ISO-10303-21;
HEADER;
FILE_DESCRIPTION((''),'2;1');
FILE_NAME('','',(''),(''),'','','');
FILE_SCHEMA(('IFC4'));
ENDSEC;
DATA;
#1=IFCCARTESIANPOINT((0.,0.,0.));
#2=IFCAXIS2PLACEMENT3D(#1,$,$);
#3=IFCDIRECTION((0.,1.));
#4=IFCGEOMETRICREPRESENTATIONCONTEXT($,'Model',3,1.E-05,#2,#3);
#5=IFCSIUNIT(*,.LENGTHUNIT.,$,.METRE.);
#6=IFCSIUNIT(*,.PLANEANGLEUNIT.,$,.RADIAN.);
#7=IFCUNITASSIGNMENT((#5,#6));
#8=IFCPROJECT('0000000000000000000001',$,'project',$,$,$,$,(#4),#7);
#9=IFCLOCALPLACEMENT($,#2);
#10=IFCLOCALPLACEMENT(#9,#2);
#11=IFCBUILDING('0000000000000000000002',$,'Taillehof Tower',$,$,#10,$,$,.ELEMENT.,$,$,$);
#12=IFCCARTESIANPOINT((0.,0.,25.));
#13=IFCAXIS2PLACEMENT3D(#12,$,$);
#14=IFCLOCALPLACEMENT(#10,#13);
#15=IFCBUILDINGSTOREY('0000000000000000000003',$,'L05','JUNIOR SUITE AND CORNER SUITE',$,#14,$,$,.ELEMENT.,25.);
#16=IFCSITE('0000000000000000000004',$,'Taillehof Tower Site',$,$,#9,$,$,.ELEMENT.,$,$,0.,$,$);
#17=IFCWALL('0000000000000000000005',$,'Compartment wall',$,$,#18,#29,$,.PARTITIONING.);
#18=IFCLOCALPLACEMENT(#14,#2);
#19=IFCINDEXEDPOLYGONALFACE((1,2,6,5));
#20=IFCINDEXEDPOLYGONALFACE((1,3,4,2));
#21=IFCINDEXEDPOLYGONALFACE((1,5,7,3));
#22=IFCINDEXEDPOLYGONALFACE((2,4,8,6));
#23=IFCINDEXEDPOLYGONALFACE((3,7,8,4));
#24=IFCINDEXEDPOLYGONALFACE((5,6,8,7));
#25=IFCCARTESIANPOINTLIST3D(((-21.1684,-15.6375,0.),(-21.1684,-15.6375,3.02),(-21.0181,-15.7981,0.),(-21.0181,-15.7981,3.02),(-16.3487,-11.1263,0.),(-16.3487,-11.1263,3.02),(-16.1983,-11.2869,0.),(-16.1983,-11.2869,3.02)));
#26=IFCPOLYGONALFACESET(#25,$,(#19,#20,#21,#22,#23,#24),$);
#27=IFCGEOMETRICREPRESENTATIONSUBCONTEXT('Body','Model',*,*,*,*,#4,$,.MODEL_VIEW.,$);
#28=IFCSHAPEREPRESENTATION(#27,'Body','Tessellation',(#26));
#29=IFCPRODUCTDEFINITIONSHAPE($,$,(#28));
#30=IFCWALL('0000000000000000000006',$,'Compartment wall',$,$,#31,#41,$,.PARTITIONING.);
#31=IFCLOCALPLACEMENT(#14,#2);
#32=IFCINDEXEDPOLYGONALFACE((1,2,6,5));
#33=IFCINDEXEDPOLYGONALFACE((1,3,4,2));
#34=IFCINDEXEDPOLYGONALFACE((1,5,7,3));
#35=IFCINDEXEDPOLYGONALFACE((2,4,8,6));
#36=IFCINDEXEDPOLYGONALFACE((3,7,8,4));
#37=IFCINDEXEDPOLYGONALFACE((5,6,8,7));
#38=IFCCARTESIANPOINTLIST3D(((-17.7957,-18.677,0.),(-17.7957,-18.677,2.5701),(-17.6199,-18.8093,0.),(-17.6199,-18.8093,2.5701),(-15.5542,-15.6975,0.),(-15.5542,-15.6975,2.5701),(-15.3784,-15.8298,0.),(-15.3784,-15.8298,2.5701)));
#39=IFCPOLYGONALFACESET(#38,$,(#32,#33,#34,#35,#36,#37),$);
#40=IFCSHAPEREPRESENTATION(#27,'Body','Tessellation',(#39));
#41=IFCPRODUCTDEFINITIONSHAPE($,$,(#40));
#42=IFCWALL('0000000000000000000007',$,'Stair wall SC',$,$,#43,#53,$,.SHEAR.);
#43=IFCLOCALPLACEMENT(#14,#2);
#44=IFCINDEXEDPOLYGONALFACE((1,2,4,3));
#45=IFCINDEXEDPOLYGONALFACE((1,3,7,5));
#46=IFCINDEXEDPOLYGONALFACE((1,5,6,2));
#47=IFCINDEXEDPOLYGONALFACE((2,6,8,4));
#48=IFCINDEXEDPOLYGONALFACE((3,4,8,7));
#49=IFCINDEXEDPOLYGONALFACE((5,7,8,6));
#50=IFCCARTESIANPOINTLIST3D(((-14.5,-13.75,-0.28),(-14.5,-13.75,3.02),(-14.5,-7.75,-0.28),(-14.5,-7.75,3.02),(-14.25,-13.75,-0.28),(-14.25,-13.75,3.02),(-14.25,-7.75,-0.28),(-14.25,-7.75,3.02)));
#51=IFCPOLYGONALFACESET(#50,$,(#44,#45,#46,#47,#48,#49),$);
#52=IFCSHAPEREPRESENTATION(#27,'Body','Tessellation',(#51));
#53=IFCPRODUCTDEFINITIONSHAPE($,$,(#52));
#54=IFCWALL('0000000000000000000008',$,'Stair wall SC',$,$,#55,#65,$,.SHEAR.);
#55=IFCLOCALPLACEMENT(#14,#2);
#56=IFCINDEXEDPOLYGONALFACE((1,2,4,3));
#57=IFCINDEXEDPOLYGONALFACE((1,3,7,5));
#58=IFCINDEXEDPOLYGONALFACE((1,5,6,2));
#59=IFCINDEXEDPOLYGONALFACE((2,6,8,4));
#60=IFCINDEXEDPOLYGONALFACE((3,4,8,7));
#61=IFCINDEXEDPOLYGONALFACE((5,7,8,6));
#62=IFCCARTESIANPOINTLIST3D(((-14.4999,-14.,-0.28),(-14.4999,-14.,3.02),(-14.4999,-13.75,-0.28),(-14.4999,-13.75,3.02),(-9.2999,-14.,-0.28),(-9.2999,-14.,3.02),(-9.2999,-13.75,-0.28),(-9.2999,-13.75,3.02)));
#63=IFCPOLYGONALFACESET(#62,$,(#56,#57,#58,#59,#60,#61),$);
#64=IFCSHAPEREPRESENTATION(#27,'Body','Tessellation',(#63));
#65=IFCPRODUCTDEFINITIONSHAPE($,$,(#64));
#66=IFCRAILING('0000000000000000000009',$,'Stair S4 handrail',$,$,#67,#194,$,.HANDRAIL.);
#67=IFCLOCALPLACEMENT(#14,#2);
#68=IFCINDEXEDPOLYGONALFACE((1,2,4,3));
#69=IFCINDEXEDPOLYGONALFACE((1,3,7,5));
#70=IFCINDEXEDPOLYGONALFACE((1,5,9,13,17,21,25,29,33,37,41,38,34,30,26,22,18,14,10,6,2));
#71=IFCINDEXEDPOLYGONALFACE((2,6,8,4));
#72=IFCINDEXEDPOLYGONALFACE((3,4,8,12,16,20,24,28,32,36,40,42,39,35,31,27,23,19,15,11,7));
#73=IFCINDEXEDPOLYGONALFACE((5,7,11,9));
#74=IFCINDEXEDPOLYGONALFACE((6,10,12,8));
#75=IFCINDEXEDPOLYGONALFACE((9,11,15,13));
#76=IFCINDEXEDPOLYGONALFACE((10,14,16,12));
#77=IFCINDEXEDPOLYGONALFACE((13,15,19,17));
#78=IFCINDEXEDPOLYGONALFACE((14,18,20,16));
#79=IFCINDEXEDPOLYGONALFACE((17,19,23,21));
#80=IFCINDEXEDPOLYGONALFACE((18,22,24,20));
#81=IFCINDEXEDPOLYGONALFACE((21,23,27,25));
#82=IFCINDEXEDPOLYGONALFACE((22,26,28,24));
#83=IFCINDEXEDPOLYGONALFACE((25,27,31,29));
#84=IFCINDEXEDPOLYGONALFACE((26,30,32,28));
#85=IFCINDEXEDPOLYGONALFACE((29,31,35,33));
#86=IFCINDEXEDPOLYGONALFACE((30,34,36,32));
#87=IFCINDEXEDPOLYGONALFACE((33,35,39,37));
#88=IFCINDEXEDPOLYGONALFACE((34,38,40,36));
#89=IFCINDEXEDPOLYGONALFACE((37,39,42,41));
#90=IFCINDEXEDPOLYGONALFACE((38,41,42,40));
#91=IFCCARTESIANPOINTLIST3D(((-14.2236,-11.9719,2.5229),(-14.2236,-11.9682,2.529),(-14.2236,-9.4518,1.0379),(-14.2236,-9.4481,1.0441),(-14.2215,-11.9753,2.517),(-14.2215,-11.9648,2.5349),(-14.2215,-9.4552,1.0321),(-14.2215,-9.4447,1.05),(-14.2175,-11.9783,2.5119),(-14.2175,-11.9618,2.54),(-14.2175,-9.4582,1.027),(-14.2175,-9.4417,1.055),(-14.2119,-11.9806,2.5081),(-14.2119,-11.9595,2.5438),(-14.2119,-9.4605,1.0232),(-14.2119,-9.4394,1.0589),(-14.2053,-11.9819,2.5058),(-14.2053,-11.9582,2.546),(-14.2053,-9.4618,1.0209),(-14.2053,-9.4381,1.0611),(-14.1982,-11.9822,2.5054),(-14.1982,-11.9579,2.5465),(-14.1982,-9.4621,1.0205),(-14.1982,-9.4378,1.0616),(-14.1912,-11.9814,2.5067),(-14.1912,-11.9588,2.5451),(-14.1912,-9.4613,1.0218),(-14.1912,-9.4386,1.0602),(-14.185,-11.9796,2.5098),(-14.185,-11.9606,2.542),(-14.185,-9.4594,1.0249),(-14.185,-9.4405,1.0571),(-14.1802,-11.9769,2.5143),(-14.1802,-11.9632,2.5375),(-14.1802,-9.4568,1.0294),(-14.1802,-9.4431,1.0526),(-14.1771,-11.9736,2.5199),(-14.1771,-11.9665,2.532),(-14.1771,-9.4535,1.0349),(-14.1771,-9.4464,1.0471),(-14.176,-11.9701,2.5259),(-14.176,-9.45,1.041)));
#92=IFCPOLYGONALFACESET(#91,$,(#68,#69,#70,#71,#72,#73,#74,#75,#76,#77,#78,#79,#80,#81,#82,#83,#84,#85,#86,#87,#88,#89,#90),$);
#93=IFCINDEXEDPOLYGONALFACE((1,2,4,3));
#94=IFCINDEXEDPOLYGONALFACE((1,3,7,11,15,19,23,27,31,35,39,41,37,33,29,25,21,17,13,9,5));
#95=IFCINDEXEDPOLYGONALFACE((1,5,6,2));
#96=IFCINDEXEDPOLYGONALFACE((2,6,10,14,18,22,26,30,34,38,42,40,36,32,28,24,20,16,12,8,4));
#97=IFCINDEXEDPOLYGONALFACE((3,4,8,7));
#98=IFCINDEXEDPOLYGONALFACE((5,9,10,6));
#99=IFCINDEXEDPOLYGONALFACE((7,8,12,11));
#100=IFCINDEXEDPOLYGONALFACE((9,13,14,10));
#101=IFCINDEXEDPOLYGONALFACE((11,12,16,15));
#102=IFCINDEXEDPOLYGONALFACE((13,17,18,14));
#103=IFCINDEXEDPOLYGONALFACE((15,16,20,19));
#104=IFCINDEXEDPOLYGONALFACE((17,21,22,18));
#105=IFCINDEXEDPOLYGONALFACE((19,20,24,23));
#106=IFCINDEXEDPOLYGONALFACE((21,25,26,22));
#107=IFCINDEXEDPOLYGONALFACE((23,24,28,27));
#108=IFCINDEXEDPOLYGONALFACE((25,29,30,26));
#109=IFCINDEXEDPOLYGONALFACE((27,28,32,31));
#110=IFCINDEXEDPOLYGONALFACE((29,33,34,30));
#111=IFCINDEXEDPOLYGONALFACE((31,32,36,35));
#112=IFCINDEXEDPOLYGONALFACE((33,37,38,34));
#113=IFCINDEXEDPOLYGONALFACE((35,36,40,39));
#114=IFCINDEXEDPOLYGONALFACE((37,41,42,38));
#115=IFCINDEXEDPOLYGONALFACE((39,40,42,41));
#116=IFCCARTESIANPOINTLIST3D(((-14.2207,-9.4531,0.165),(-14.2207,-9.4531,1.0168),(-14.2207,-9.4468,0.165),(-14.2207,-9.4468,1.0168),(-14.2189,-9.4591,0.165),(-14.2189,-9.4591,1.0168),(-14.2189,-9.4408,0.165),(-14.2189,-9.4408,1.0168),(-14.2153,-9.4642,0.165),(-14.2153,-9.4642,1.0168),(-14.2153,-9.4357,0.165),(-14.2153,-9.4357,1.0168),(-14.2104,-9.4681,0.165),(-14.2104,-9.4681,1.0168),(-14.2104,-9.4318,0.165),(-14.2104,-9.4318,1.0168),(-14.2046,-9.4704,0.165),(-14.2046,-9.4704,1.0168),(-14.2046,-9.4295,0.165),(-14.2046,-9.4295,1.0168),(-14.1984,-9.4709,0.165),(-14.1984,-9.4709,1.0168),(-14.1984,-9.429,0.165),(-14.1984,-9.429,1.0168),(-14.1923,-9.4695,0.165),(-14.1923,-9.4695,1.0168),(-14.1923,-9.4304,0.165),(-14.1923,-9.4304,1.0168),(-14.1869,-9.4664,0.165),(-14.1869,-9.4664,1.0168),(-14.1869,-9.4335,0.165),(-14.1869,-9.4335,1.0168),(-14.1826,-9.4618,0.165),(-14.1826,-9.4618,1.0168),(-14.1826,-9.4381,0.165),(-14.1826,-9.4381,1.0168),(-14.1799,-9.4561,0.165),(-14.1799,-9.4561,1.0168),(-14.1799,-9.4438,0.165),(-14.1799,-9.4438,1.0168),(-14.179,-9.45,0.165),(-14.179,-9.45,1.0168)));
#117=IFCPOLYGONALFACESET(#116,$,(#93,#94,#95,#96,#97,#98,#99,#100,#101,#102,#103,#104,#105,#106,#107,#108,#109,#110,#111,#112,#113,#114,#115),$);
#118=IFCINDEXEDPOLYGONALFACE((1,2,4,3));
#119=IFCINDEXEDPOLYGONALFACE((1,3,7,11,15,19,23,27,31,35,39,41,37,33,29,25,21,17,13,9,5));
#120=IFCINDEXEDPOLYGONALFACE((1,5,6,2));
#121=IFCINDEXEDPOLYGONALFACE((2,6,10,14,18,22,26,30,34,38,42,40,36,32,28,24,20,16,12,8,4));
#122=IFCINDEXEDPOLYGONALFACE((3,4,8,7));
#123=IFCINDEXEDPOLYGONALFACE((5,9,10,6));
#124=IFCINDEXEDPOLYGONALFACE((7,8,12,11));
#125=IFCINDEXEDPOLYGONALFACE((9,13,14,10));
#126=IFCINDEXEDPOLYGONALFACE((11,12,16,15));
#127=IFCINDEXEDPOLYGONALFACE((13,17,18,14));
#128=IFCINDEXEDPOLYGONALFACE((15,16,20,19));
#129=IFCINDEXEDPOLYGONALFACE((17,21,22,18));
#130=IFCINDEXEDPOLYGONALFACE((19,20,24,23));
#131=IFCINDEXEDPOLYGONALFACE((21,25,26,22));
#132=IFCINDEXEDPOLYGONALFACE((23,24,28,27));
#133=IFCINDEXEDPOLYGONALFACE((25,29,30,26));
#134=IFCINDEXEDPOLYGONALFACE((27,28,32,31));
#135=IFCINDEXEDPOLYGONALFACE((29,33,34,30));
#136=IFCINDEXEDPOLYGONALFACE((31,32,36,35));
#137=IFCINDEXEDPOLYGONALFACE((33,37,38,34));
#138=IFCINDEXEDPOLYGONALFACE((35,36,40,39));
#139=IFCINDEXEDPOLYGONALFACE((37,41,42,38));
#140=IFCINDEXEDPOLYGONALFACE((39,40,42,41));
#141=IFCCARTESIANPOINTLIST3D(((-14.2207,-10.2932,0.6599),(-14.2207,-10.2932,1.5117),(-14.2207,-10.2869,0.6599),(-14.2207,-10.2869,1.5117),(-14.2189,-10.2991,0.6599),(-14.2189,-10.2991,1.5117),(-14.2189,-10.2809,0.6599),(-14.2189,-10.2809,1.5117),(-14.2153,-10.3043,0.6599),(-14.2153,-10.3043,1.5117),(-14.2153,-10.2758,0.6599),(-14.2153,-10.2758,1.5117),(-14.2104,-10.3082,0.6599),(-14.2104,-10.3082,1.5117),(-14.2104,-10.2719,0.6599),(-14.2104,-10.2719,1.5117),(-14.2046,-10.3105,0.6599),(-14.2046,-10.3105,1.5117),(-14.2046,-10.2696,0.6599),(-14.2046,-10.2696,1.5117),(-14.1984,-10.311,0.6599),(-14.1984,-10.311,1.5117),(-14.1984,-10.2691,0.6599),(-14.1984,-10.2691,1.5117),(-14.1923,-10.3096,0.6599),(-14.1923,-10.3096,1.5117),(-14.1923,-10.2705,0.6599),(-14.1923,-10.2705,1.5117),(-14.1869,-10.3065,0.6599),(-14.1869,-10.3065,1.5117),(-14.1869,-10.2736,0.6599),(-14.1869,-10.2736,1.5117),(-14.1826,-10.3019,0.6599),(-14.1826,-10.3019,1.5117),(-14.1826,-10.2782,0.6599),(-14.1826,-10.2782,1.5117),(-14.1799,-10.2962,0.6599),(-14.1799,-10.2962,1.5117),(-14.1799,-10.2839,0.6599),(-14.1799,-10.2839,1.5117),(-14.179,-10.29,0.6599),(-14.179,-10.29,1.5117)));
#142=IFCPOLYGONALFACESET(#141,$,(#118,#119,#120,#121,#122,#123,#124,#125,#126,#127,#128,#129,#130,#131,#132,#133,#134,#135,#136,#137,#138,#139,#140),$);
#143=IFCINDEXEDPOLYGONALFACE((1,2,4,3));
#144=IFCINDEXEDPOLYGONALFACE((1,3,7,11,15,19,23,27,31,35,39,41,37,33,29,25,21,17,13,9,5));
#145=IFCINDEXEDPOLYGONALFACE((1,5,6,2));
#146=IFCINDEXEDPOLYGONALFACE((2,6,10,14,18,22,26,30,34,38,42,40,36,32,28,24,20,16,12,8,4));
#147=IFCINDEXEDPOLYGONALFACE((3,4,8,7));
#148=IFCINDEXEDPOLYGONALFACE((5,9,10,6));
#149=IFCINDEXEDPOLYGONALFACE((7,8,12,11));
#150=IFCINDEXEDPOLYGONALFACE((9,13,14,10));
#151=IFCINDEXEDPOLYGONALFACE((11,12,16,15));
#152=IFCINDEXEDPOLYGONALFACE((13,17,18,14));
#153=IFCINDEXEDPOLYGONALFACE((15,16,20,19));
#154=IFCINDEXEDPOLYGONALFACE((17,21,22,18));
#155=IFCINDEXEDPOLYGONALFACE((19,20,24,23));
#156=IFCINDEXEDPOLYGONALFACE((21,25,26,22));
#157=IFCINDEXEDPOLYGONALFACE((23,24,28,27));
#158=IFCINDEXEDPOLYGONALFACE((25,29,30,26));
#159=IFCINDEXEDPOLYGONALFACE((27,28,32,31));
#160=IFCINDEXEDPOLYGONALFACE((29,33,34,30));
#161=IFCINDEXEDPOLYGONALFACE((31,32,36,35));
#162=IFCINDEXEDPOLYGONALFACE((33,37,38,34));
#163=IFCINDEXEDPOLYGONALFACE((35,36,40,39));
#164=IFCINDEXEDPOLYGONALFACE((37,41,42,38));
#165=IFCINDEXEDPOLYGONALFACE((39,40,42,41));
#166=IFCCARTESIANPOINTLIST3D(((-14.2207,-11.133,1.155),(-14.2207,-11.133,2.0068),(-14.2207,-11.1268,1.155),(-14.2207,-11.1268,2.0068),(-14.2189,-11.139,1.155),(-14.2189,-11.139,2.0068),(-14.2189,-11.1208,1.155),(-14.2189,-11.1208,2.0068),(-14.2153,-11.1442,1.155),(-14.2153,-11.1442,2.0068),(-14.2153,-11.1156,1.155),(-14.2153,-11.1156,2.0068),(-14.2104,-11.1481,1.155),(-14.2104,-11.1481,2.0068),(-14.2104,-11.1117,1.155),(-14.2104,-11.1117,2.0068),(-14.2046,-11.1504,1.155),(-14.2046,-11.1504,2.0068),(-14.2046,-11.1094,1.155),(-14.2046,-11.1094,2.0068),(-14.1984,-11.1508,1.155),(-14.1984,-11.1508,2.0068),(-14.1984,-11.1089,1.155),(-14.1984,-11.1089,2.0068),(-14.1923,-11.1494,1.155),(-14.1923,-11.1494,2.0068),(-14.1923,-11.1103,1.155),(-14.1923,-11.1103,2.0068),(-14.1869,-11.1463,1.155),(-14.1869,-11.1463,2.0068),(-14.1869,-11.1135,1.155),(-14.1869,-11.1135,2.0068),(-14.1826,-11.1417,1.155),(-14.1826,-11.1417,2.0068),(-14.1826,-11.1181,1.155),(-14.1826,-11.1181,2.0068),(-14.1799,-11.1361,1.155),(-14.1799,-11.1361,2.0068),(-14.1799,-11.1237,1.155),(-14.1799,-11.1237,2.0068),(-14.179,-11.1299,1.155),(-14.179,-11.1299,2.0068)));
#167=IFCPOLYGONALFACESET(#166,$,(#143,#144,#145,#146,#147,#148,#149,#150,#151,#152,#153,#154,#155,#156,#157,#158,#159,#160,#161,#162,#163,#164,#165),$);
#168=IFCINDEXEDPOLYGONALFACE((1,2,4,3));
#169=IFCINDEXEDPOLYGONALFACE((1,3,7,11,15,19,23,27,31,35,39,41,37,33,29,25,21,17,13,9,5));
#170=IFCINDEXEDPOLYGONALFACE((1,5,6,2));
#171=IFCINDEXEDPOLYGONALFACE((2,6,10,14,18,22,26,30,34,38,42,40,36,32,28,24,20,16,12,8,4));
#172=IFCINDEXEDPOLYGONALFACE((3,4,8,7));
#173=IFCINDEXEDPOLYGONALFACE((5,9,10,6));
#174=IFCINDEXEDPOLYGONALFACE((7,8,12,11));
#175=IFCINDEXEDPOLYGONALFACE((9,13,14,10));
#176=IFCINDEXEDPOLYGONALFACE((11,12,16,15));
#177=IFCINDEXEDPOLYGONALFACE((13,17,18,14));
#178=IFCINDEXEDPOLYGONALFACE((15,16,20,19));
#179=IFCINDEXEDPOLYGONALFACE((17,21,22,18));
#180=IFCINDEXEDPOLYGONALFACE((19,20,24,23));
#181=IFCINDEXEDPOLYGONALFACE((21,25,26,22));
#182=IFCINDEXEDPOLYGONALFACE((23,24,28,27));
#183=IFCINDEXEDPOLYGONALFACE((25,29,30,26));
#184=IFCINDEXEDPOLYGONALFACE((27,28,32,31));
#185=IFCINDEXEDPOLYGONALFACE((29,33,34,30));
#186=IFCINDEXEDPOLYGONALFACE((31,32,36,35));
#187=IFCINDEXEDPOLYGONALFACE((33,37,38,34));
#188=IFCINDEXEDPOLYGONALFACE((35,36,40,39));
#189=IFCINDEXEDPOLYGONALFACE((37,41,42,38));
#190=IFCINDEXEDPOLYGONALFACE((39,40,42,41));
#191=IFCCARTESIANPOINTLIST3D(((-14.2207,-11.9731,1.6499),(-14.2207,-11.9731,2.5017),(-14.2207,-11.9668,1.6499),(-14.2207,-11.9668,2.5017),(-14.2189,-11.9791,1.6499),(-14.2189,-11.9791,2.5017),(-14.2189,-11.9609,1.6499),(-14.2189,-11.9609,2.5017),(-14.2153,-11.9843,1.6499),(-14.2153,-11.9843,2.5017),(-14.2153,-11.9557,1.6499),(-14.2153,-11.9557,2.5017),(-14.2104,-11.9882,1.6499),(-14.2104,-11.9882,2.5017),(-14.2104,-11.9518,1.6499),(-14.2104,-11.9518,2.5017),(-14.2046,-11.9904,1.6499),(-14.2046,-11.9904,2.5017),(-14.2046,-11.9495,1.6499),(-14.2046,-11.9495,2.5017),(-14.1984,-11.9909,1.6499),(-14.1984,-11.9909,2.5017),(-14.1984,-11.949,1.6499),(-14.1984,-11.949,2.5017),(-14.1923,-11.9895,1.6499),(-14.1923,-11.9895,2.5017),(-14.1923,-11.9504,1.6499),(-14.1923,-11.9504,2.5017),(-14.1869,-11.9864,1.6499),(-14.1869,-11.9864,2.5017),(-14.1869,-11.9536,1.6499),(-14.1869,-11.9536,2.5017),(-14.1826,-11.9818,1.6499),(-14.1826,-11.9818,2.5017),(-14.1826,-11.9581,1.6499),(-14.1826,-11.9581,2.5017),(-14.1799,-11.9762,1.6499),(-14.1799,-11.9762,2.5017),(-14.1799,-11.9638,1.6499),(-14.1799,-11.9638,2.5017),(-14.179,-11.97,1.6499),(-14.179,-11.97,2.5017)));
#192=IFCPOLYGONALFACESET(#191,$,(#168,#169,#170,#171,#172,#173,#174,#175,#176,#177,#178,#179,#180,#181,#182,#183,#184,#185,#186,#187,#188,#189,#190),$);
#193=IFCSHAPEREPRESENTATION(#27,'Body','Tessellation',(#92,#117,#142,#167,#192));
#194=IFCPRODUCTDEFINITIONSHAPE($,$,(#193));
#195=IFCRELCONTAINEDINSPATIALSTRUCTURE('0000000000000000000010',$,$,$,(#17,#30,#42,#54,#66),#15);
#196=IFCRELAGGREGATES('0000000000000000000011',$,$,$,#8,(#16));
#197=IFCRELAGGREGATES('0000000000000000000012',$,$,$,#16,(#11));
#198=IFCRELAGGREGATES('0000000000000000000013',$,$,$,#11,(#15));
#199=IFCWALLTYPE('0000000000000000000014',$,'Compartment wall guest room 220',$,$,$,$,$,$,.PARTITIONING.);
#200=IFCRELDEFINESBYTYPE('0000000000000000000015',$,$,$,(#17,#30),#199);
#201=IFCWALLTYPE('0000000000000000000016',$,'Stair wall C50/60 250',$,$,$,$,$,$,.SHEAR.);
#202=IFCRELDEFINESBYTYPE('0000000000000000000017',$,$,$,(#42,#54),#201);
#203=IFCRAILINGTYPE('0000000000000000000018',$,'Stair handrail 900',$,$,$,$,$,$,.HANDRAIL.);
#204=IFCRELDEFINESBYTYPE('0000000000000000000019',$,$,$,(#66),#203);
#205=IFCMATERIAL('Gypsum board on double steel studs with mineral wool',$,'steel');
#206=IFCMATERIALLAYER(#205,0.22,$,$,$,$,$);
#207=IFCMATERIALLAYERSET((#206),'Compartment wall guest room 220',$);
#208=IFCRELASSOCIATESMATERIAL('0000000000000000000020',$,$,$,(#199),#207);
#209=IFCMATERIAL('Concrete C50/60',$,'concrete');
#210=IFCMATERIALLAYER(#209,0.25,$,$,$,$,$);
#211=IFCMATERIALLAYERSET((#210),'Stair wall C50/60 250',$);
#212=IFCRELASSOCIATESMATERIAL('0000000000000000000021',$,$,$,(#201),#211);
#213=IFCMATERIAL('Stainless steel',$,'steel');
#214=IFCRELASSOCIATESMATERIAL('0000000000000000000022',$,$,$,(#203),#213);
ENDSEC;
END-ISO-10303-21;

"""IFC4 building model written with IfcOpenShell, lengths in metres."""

from ifc_helpers import new_model, si_unit, direction, frame, frame_2d, origin, origin_2d, place, context, subcontext, project, spatial, rectangle, circle, extrude, material, layer, layer_set, type_object, element, save


model = new_model("IFC4")

# Units and contexts
model_context = context("Model", 3, precision=1e-05, world=origin(), true_north=direction((0.0, 1.0)))
body_context = subcontext(model_context, "Body", "Model", "MODEL_VIEW")
ifc_project = project(units=[si_unit("LENGTHUNIT", "METRE"), si_unit("PLANEANGLEUNIT", "RADIAN")], contexts=[model_context])

# Site, building, storey
site_placement = place(None, origin())
site = spatial("IfcSite", under=ifc_project, at=site_placement, Name="Taillehof Tower Site", CompositionType="ELEMENT", RefElevation=0.0)
building_placement = place(site_placement, origin())
building = spatial("IfcBuilding", under=site, at=building_placement, Name="Taillehof Tower", CompositionType="ELEMENT")
storey_placement = place(building_placement, frame((0.0, 0.0, 25.0)))
storey = spatial("IfcBuildingStorey", under=building, at=storey_placement, Name="L05", Description="JUNIOR SUITE AND CORNER SUITE", CompositionType="ELEMENT", Elevation=25.0)

# Walls
ifc_material_1 = material(Name="Gypsum board on double steel studs with mineral wool", Category="steel")
ifc_layer_1 = layer(ifc_material_1, 0.22)
ifc_layer_set_1 = layer_set([ifc_layer_1], Name="Compartment wall guest room 220")
wall_type_1 = type_object("IfcWallType", Name="Compartment wall guest room 220", PredefinedType="PARTITIONING", material=ifc_layer_set_1)
wall_1_placement = place(storey_placement, frame((-21.0933, -15.7178, 0.0), z_axis=(0.0, 0.0, 1.0), x_axis=(0.730093, 0.683348, 0.0)))
element("IfcWall", 1, at=wall_1_placement, inside=storey, type_object=wall_type_1, Name="Compartment wall", PredefinedType="PARTITIONING", context=body_context, shape_type="SweptSolid", body=[
    extrude(rectangle(XDim=6.6016, YDim=0.22, at=frame_2d((3.3008, 0.0))), origin(), (0.0, 0.0, 1.0), 3.02),
])
wall_2_placement = place(storey_placement, frame((-17.7078, -18.7432, 0.0), z_axis=(0.0, 0.0, 1.0), x_axis=(0.601173, 0.799119, 0.0)))
element("IfcWall", 2, at=wall_2_placement, inside=storey, type_object=wall_type_1, Name="Compartment wall", PredefinedType="PARTITIONING", context=body_context, shape_type="SweptSolid", body=[
    extrude(rectangle(XDim=3.7285, YDim=0.22, at=frame_2d((1.8643, 0.0))), origin(), (0.0, 0.0, 1.0), 2.5701),
])
ifc_material_2 = material(Name="Concrete C50/60", Category="concrete")
ifc_layer_2 = layer(ifc_material_2, 0.25)
ifc_layer_set_2 = layer_set([ifc_layer_2], Name="Stair wall C50/60 250")
wall_type_2 = type_object("IfcWallType", Name="Stair wall C50/60 250", PredefinedType="SHEAR", material=ifc_layer_set_2)
wall_3_placement = place(storey_placement, frame((-14.375, -13.75, -0.28), z_axis=(0.0, 0.0, 1.0), x_axis=(0.0, 1.0, 0.0)))
element("IfcWall", 3, at=wall_3_placement, inside=storey, type_object=wall_type_2, Name="Stair wall SC", PredefinedType="SHEAR", context=body_context, shape_type="SweptSolid", body=[
    extrude(rectangle(XDim=6.0, YDim=0.25, at=frame_2d((3.0, 0.0))), origin(), (0.0, 0.0, 1.0), 3.3),
])
wall_4_placement = place(storey_placement, frame((-14.5, -13.875, -0.28), z_axis=(0.0, 0.0, 1.0), x_axis=(1.0, 0.0, 0.0)))
element("IfcWall", 4, at=wall_4_placement, inside=storey, type_object=wall_type_2, Name="Stair wall SC", PredefinedType="SHEAR", context=body_context, shape_type="SweptSolid", body=[
    extrude(rectangle(XDim=5.2, YDim=0.25, at=frame_2d((2.6001, 0.0))), origin(), (0.0, 0.0, 1.0), 3.3),
])

# Railing
ifc_material_3 = material(Name="Stainless steel", Category="steel")
railing_type = type_object("IfcRailingType", Name="Stair handrail 900", PredefinedType="HANDRAIL", material=ifc_material_3)
railing_placement = place(storey_placement, frame((-14.2, -9.45, 0.165)))
element("IfcRailing", 5, at=railing_placement, inside=storey, type_object=railing_type, Name="Stair S4 handrail", PredefinedType="HANDRAIL", context=body_context, shape_type="SweptSolid", body=[
    extrude(circle(Radius=0.0239, at=origin_2d()), frame((0.0, 0.0, 0.876), z_axis=(0.0, -0.861561, 0.507655), x_axis=(1.0, 0.0, 0.0)), (0.0, 0.0, 1.0), 2.925),
    extrude(circle(Radius=0.021, at=origin_2d()), origin(), (0.0, 0.0, 1.0), 0.8518),
    extrude(circle(Radius=0.021, at=origin_2d()), frame((0.0, -0.8401, 0.4949)), (0.0, 0.0, 1.0), 0.8518),
    extrude(circle(Radius=0.021, at=origin_2d()), frame((0.0, -1.6799, 0.99)), (0.0, 0.0, 1.0), 0.8518),
    extrude(circle(Radius=0.021, at=origin_2d()), frame((0.0, -2.52, 1.4849)), (0.0, 0.0, 1.0), 0.8518),
])

save(model, "model.ifc")
